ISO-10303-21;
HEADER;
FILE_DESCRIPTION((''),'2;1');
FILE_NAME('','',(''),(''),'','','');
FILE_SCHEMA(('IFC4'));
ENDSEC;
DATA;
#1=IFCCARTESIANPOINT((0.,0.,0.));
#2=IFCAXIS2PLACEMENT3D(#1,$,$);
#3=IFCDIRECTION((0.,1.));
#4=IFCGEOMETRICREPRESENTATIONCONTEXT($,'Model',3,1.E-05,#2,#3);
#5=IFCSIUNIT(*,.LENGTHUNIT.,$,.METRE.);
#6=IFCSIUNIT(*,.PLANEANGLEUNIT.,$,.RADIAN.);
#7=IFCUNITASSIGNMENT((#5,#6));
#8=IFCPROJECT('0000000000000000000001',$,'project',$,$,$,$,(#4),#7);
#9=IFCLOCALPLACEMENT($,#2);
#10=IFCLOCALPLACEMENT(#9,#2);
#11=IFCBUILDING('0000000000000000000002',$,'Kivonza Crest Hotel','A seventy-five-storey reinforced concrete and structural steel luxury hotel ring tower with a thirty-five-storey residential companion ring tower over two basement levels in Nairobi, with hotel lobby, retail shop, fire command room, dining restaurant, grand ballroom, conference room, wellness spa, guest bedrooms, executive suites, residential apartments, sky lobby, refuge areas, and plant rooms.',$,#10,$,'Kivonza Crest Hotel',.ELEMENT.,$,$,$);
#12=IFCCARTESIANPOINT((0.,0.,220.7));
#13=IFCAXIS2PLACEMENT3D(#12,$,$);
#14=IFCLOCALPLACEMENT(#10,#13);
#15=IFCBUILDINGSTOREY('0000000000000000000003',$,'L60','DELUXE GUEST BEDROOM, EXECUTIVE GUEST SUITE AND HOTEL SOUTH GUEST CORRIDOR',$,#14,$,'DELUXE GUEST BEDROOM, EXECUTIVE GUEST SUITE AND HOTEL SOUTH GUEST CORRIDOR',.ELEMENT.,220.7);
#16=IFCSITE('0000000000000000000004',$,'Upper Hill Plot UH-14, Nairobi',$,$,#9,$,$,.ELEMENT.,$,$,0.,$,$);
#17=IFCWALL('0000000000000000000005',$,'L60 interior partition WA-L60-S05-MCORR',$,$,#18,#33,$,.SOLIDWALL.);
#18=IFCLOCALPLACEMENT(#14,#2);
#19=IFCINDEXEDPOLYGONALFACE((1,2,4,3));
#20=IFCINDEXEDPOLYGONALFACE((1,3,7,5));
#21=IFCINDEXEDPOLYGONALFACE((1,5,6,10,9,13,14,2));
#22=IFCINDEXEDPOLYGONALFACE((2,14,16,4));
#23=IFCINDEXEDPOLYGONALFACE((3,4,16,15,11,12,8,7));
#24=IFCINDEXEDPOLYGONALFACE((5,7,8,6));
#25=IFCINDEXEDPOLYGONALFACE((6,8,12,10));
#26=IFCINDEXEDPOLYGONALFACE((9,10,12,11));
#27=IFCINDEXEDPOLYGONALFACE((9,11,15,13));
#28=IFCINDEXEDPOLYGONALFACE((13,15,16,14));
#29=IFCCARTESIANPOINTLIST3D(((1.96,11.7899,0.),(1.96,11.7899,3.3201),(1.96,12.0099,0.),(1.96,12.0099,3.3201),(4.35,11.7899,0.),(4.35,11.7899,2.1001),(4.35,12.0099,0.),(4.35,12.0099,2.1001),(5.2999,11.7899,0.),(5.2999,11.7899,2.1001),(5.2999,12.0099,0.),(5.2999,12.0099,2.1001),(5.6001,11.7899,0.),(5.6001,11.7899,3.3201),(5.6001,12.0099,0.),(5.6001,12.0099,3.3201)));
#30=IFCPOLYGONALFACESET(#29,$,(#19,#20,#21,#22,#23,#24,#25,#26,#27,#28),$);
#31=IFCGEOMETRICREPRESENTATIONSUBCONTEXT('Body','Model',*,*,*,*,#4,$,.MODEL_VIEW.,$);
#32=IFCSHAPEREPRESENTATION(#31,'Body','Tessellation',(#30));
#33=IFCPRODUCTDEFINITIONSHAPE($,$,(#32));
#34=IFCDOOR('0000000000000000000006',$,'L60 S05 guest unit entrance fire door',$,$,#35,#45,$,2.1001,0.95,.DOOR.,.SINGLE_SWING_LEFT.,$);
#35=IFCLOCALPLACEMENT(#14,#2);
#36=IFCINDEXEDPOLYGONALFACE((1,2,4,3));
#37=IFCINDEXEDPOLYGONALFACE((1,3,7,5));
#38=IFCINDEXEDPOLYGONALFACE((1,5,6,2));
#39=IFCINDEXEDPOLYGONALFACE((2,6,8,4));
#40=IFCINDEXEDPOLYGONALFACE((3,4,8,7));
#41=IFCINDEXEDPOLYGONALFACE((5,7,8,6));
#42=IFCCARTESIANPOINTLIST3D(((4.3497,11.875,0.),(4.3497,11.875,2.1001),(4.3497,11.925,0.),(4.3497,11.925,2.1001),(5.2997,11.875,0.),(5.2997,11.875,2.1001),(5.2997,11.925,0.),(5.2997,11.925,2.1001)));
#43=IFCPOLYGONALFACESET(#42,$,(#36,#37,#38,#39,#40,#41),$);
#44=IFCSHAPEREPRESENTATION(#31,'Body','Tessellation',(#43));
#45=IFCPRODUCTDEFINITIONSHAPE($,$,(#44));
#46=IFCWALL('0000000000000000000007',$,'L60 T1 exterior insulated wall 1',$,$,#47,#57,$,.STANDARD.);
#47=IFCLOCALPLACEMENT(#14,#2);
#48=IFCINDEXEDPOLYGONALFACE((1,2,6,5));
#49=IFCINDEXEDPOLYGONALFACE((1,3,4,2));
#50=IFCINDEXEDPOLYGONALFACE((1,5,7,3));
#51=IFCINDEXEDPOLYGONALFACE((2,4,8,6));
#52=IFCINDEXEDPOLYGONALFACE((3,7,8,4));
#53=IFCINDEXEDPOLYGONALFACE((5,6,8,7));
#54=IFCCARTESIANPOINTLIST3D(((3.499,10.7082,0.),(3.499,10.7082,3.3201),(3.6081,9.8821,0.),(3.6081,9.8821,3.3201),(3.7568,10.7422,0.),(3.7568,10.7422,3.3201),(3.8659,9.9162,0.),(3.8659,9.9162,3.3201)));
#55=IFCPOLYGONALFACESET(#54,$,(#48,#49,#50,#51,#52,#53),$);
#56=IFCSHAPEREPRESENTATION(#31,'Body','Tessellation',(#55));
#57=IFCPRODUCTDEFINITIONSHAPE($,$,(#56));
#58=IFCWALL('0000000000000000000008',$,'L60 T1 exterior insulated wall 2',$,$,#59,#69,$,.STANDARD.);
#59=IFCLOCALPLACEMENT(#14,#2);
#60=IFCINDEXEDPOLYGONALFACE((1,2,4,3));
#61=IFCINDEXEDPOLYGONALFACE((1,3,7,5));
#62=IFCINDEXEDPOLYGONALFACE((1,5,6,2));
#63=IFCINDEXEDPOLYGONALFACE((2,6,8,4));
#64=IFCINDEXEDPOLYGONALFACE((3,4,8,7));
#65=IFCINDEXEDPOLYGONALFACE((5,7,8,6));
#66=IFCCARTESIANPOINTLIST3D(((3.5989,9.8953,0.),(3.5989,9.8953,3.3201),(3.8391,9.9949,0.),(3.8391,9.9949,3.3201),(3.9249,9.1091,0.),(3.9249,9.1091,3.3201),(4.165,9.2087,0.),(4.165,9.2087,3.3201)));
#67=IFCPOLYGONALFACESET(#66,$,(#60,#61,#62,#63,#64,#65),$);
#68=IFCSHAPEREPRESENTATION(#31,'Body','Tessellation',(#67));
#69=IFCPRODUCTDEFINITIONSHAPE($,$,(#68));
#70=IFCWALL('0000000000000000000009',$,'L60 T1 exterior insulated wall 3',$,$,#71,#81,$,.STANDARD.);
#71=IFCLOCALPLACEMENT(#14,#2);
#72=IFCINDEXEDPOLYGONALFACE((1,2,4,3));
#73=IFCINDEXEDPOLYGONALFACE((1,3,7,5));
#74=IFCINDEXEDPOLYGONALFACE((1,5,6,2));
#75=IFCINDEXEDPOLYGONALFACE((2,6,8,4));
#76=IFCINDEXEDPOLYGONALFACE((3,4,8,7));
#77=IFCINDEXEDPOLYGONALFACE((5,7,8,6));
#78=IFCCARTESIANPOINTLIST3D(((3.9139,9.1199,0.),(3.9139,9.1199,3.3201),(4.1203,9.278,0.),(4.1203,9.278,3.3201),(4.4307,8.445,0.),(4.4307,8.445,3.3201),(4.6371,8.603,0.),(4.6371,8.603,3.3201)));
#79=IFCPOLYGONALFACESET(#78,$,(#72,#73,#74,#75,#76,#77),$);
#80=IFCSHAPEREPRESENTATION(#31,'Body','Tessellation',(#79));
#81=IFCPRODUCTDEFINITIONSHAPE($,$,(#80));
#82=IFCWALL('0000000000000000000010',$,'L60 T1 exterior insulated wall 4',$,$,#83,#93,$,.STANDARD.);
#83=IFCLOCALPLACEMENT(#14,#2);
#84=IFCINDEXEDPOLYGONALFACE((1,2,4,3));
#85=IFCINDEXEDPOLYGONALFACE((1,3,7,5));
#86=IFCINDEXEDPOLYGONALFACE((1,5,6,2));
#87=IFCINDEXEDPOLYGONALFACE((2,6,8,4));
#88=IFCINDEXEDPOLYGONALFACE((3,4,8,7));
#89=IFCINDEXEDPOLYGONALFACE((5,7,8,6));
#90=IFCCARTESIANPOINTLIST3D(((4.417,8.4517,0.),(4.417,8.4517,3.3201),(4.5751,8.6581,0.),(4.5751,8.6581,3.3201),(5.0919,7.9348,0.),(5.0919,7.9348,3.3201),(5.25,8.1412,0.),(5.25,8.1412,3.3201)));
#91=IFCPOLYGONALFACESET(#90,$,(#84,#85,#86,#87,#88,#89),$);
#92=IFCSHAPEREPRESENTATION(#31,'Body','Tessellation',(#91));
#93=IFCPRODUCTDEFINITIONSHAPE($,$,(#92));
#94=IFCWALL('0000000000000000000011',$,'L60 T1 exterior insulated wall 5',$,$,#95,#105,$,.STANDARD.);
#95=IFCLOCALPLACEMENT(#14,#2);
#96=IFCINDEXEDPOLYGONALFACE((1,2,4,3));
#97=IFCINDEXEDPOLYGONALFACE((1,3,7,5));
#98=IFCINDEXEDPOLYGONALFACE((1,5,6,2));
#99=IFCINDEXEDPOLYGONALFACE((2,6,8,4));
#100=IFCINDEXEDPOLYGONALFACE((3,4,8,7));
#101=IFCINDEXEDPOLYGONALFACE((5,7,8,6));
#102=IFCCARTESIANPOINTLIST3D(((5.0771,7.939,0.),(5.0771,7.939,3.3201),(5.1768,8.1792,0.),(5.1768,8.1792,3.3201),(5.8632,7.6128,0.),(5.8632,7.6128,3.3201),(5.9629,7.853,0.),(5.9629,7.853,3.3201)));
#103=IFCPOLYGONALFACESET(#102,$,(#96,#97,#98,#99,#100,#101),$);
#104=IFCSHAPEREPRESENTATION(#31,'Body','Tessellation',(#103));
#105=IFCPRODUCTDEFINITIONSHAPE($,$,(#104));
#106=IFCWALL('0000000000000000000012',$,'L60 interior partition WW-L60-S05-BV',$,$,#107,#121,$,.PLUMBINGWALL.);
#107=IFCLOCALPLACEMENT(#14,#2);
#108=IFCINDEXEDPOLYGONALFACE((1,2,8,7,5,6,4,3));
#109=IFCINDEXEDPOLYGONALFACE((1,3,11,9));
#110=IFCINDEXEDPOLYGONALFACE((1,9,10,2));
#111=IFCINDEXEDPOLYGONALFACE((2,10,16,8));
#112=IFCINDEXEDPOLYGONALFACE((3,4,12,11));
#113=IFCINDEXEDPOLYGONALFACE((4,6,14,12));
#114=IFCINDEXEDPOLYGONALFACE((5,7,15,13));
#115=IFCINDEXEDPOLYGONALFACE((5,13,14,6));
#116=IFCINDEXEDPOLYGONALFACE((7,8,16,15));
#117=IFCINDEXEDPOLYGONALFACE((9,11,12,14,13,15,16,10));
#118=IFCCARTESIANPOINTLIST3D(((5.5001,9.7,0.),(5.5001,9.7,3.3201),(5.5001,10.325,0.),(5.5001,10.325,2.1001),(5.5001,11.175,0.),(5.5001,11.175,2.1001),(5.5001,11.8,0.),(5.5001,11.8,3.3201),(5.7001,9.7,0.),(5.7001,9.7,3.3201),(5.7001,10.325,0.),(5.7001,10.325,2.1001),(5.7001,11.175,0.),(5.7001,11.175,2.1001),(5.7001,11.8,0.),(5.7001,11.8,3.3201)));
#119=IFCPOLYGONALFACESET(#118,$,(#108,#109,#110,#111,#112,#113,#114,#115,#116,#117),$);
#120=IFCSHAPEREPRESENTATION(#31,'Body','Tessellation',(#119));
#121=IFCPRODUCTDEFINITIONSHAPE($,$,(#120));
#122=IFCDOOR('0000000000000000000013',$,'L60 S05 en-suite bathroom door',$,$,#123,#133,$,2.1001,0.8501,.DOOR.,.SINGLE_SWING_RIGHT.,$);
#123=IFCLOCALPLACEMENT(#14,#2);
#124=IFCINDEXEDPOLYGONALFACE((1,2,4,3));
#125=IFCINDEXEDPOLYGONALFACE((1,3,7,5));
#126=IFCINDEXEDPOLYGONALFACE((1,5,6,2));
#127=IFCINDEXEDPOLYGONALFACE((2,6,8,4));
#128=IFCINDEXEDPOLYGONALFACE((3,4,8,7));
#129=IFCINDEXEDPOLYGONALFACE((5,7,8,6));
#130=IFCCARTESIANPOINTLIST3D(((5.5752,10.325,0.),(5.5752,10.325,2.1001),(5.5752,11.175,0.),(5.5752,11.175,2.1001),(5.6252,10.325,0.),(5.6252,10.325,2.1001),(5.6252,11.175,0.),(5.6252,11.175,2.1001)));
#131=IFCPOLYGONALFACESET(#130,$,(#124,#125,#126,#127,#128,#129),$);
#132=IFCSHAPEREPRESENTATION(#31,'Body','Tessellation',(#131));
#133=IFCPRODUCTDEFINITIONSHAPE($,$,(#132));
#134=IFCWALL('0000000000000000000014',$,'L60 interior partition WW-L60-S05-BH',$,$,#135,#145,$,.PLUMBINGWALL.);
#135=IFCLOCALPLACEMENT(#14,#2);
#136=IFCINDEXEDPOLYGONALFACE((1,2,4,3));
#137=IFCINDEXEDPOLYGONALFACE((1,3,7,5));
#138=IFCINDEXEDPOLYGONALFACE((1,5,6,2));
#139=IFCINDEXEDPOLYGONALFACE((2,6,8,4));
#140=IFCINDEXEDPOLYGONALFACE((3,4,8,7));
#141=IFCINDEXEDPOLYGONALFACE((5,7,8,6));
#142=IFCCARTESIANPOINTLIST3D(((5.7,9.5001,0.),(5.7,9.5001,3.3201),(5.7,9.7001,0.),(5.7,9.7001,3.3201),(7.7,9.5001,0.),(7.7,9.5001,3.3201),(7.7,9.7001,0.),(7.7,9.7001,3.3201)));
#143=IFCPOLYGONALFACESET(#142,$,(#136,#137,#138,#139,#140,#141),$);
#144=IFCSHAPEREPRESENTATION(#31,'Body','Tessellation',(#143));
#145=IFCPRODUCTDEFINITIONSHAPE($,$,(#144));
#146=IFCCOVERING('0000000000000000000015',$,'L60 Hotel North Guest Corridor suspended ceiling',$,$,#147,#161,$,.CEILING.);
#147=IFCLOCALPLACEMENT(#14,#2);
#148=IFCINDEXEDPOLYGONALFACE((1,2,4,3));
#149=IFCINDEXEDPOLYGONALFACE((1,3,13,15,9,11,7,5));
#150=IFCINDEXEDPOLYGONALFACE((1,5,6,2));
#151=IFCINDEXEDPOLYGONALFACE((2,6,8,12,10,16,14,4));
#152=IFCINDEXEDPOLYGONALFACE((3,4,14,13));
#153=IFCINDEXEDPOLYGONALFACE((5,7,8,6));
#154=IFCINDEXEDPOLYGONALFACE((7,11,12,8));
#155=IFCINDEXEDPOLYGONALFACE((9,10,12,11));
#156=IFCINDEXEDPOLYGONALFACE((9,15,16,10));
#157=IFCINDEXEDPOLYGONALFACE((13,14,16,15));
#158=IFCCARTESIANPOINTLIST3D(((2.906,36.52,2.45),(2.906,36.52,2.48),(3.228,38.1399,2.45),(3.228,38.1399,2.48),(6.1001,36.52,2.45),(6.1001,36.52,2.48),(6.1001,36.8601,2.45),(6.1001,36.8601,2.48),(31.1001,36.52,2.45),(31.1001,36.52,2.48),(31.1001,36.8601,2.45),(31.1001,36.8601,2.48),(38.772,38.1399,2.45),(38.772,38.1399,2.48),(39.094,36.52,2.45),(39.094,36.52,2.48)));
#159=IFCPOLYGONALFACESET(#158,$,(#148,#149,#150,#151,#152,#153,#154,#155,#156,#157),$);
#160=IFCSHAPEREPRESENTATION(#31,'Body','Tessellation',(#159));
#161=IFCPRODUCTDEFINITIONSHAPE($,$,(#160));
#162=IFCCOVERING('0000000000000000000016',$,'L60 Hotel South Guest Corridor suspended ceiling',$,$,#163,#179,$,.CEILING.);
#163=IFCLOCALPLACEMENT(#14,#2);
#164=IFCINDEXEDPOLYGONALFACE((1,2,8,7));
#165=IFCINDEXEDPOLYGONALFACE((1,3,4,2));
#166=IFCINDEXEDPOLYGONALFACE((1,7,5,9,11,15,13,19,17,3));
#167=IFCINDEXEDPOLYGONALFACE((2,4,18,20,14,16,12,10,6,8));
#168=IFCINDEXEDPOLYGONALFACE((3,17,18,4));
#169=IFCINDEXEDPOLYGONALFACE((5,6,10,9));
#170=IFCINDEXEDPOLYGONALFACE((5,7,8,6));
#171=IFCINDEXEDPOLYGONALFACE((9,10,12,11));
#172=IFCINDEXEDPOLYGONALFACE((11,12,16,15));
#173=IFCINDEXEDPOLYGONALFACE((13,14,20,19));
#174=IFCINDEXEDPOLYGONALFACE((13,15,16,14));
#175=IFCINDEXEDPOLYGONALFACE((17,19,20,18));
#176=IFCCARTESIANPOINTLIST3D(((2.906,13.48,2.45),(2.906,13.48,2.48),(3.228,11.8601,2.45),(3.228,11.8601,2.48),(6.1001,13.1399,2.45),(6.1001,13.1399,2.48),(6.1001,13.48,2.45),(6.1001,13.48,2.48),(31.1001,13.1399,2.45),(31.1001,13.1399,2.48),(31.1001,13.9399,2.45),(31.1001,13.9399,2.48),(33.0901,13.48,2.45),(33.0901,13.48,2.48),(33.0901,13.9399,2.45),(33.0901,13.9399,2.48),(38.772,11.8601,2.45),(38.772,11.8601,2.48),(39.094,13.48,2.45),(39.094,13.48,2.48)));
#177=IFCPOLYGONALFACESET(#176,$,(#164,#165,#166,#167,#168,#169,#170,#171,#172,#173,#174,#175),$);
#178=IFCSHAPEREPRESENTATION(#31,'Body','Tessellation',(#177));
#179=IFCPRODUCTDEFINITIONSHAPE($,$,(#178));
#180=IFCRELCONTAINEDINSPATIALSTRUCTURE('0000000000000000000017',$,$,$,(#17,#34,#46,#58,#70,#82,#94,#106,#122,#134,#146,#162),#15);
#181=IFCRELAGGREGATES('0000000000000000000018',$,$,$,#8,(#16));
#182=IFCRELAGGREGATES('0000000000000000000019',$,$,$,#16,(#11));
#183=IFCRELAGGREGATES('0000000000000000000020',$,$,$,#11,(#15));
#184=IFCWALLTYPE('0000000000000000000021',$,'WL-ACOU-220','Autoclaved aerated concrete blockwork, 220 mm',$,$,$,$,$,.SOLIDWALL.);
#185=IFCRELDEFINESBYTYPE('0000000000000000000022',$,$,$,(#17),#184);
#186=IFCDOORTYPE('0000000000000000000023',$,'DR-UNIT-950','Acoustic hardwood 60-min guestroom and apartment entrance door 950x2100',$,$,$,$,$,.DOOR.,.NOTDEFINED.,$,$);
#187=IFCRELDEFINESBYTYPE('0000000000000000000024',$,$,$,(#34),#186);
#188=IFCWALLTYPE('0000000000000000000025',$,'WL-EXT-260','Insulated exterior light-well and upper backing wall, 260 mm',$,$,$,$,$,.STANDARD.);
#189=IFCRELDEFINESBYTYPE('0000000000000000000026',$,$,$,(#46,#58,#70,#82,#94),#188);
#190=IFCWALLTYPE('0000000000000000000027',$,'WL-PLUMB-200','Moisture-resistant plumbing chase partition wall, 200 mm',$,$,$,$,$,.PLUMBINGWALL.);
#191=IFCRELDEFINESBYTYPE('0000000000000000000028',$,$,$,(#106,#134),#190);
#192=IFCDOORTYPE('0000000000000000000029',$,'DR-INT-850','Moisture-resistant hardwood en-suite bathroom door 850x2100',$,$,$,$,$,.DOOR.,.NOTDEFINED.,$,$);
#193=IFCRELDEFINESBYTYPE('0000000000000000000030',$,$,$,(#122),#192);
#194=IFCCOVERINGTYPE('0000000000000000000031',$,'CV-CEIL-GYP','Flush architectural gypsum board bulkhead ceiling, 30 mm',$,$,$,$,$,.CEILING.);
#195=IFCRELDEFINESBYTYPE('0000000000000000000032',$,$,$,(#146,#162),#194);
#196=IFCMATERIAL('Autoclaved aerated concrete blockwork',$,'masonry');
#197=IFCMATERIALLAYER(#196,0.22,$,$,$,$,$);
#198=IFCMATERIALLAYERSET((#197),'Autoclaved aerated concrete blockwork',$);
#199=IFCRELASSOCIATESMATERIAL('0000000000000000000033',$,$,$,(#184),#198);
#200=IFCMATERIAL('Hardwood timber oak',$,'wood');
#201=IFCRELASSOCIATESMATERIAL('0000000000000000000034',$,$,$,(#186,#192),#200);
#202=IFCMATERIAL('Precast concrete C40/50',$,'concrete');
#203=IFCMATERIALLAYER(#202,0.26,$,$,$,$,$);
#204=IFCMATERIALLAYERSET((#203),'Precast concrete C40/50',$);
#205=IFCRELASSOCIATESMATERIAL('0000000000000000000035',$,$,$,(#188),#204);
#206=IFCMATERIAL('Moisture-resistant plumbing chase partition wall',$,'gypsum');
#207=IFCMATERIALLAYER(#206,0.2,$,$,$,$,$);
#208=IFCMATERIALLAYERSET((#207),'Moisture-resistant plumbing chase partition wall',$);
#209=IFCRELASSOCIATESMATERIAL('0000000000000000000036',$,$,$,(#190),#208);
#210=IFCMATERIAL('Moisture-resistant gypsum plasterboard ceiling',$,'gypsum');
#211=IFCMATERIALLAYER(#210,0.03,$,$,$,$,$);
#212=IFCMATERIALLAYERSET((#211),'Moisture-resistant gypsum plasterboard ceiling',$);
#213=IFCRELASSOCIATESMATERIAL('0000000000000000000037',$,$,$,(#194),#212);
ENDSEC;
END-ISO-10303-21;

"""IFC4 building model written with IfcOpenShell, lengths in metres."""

from ifc_helpers import new_model, si_unit, direction, frame, frame_2d, origin, place, context, subcontext, project, spatial, polyline, rectangle, outline, extrude, material, layer, layer_set, type_object, element, fill, save


model = new_model("IFC4")

# Units and contexts
model_context = context("Model", 3, precision=1e-05, world=origin(), true_north=direction((0.0, 1.0)))
body_context = subcontext(model_context, "Body", "Model", "MODEL_VIEW")
ifc_project = project(units=[si_unit("LENGTHUNIT", "METRE"), si_unit("PLANEANGLEUNIT", "RADIAN")], contexts=[model_context])

# Site, building, storey
site_placement = place(None, origin())
site = spatial("IfcSite", under=ifc_project, at=site_placement, Name="Upper Hill Plot UH-14, Nairobi", CompositionType="ELEMENT", RefElevation=0.0)
building_placement = place(site_placement, origin())
building = spatial("IfcBuilding", under=site, at=building_placement, Name="Kivonza Crest Hotel", Description="A seventy-five-storey reinforced concrete and structural steel luxury hotel ring tower with a thirty-five-storey residential companion ring tower over two basement levels in Nairobi, with hotel lobby, retail shop, fire command room, dining restaurant, grand ballroom, conference room, wellness spa, guest bedrooms, executive suites, residential apartments, sky lobby, refuge areas, and plant rooms.", LongName="Kivonza Crest Hotel", CompositionType="ELEMENT")
storey_placement = place(building_placement, frame((0.0, 0.0, 220.7)))
storey = spatial("IfcBuildingStorey", under=building, at=storey_placement, Name="L60", Description="DELUXE GUEST BEDROOM, EXECUTIVE GUEST SUITE AND HOTEL SOUTH GUEST CORRIDOR", LongName="DELUXE GUEST BEDROOM, EXECUTIVE GUEST SUITE AND HOTEL SOUTH GUEST CORRIDOR", CompositionType="ELEMENT", Elevation=220.7)

# Shared definitions
ifc_material_1 = material(Name="Autoclaved aerated concrete blockwork", Category="masonry")
ifc_layer_1 = layer(ifc_material_1, 0.22)
ifc_layer_set_1 = layer_set([ifc_layer_1], Name="Autoclaved aerated concrete blockwork")
wall_type_1 = type_object("IfcWallType", Name="WL-ACOU-220", Description="Autoclaved aerated concrete blockwork, 220 mm", PredefinedType="SOLIDWALL", material=ifc_layer_set_1)

# Wall, opening, door
wall_1_placement = place(storey_placement, frame((1.96, 11.8999, 0.0), z_axis=(0.0, 0.0, 1.0), x_axis=(1.0, 0.0, 0.0)))
wall_1 = element("IfcWall", 1, at=wall_1_placement, inside=storey, type_object=wall_type_1, Name="L60 interior partition WA-L60-S05-MCORR", PredefinedType="SOLIDWALL", context=body_context, shape_type="SweptSolid", body=[
    extrude(rectangle(XDim=3.6401, YDim=0.22, at=frame_2d((1.8201, 0.0))), origin(), (0.0, 0.0, 1.0), 3.3201),
])
opening_1_placement = place(wall_1_placement, frame((2.3899, 0.0, 0.0)))
opening_1 = element("IfcOpeningElement", 2, at=opening_1_placement, cuts=wall_1, PredefinedType="OPENING", context=body_context, shape_type="SweptSolid", body=[
    extrude(rectangle(XDim=0.95, YDim=2.1001, at=frame_2d((0.4751, 1.05))), frame((0.0, 0.1201, 0.0), z_axis=(0.0, -1.0, 0.0), x_axis=(1.0, 0.0, 0.0)), (0.0, 0.0, 1.0), 0.24),
])
ifc_material_2 = material(Name="Hardwood timber oak", Category="wood")
door_type_1 = type_object("IfcDoorType", Name="DR-UNIT-950", Description="Acoustic hardwood 60-min guestroom and apartment entrance door 950x2100", OperationType="NOTDEFINED", PredefinedType="DOOR", material=ifc_material_2)
door_1_placement = place(opening_1_placement, frame((0.95, 0.0, 0.0), z_axis=(0.0, 0.0, 1.0), x_axis=(-1.0, 0.0, 0.0)))
door_1 = element("IfcDoor", 3, at=door_1_placement, inside=storey, type_object=door_type_1, Name="L60 S05 guest unit entrance fire door", OperationType="SINGLE_SWING_LEFT", OverallHeight=2.1001, OverallWidth=0.95, PredefinedType="DOOR", context=body_context, shape_type="SweptSolid", body=[
    extrude(rectangle(XDim=0.95, YDim=2.1001, at=frame_2d((0.4751, 1.05))), frame((0.0, 0.0249, 0.0), z_axis=(0.0, -1.0, 0.0), x_axis=(1.0, 0.0, 0.0)), (0.0, 0.0, 1.0), 0.05),
])
fill(opening_1, door_1)

# Walls
ifc_material_3 = material(Name="Precast concrete C40/50", Category="concrete")
ifc_layer_2 = layer(ifc_material_3, 0.26)
ifc_layer_set_2 = layer_set([ifc_layer_2], Name="Precast concrete C40/50")
wall_type_2 = type_object("IfcWallType", Name="WL-EXT-260", Description="Insulated exterior light-well and upper backing wall, 260 mm", PredefinedType="STANDARD", material=ifc_layer_set_2)
wall_2_placement = place(storey_placement, frame((3.6279, 10.7251, 0.0), z_axis=(0.0, 0.0, 1.0), x_axis=(0.130955, -0.991388, 0.0)))
element("IfcWall", 4, at=wall_2_placement, inside=storey, type_object=wall_type_2, Name="L60 T1 exterior insulated wall 1", PredefinedType="STANDARD", context=body_context, shape_type="SweptSolid", body=[
    extrude(rectangle(XDim=0.8333, YDim=0.26, at=frame_2d((0.4165, 0.0))), origin(), (0.0, 0.0, 1.0), 3.3201),
])
wall_3_placement = place(storey_placement, frame((3.719, 9.9451, 0.0), z_axis=(0.0, 0.0, 1.0), x_axis=(0.382985, -0.923754, 0.0)))
element("IfcWall", 5, at=wall_3_placement, inside=storey, type_object=wall_type_2, Name="L60 T1 exterior insulated wall 2", PredefinedType="STANDARD", context=body_context, shape_type="SweptSolid", body=[
    extrude(rectangle(XDim=0.8511, YDim=0.26, at=frame_2d((0.4255, 0.0))), origin(), (0.0, 0.0, 1.0), 3.3201),
])
for number, where, z_axis, x_axis, name in (
    (6, (4.0171, 9.199, 0.0), (0.0, 0.0, 1.0), (0.607919, -0.793999, 0.0), "L60 T1 exterior insulated wall 3"),
    (7, (4.4961, 8.5549, 0.0), (0.0, 0.0, 1.0), (0.793893, -0.608058, 0.0), "L60 T1 exterior insulated wall 4"),
):
    element("IfcWall", number, at=place(storey_placement, frame(where, z_axis=z_axis, x_axis=x_axis)), inside=storey, type_object=wall_type_2, Name=name, PredefinedType="STANDARD", context=body_context, shape_type="SweptSolid", body=[
        extrude(rectangle(XDim=0.8501, YDim=0.26, at=frame_2d((0.425, 0.0))), origin(), (0.0, 0.0, 1.0), 3.3201),
    ])
wall_4_placement = place(storey_placement, frame((5.127, 8.0591, 0.0), z_axis=(0.0, 0.0, 1.0), x_axis=(0.923653, -0.38323, 0.0)))
element("IfcWall", 8, at=wall_4_placement, inside=storey, type_object=wall_type_2, Name="L60 T1 exterior insulated wall 5", PredefinedType="STANDARD", context=body_context, shape_type="SweptSolid", body=[
    extrude(rectangle(XDim=0.8511, YDim=0.26, at=frame_2d((0.4255, 0.0))), origin(), (0.0, 0.0, 1.0), 3.3201),
])

# Wall, opening, door
ifc_material_4 = material(Name="Moisture-resistant plumbing chase partition wall", Category="gypsum")
ifc_layer_3 = layer(ifc_material_4, 0.2)
ifc_layer_set_3 = layer_set([ifc_layer_3], Name="Moisture-resistant plumbing chase partition wall")
wall_type_3 = type_object("IfcWallType", Name="WL-PLUMB-200", Description="Moisture-resistant plumbing chase partition wall, 200 mm", PredefinedType="PLUMBINGWALL", material=ifc_layer_set_3)
wall_5_placement = place(storey_placement, frame((5.6001, 9.7, 0.0), z_axis=(0.0, 0.0, 1.0), x_axis=(0.0, 1.0, 0.0)))
wall_5 = element("IfcWall", 9, at=wall_5_placement, inside=storey, type_object=wall_type_3, Name="L60 interior partition WW-L60-S05-BV", PredefinedType="PLUMBINGWALL", context=body_context, shape_type="SweptSolid", body=[
    extrude(rectangle(XDim=2.1001, YDim=0.2, at=frame_2d((1.05, 0.0))), origin(), (0.0, 0.0, 1.0), 3.3201),
])
opening_2_placement = place(wall_5_placement, frame((0.625, 0.0, 0.0)))
opening_2 = element("IfcOpeningElement", 10, at=opening_2_placement, cuts=wall_5, PredefinedType="OPENING", context=body_context, shape_type="SweptSolid", body=[
    extrude(rectangle(XDim=0.8501, YDim=2.1001, at=frame_2d((0.425, 1.05))), frame((0.0, 0.1099, 0.0), z_axis=(0.0, -1.0, 0.0), x_axis=(1.0, 0.0, 0.0)), (0.0, 0.0, 1.0), 0.22),
])
door_type_2 = type_object("IfcDoorType", Name="DR-INT-850", Description="Moisture-resistant hardwood en-suite bathroom door 850x2100", OperationType="NOTDEFINED", PredefinedType="DOOR", material=ifc_material_2)
door_2_placement = place(opening_2_placement, origin())
door_2 = element("IfcDoor", 11, at=door_2_placement, inside=storey, type_object=door_type_2, Name="L60 S05 en-suite bathroom door", OperationType="SINGLE_SWING_RIGHT", OverallHeight=2.1001, OverallWidth=0.8501, PredefinedType="DOOR", context=body_context, shape_type="SweptSolid", body=[
    extrude(rectangle(XDim=0.8501, YDim=2.1001, at=frame_2d((0.425, 1.05))), frame((0.0, 0.0249, 0.0), z_axis=(0.0, -1.0, 0.0), x_axis=(1.0, 0.0, 0.0)), (0.0, 0.0, 1.0), 0.05),
])
fill(opening_2, door_2)

# Wall
wall_6_placement = place(storey_placement, frame((5.7, 9.6001, 0.0), z_axis=(0.0, 0.0, 1.0), x_axis=(1.0, 0.0, 0.0)))
element("IfcWall", 12, at=wall_6_placement, inside=storey, type_object=wall_type_3, Name="L60 interior partition WW-L60-S05-BH", PredefinedType="PLUMBINGWALL", context=body_context, shape_type="SweptSolid", body=[
    extrude(rectangle(XDim=2.0, YDim=0.2, at=frame_2d((1.0, 0.0))), origin(), (0.0, 0.0, 1.0), 3.3201),
])

# Coverings
ifc_material_5 = material(Name="Moisture-resistant gypsum plasterboard ceiling", Category="gypsum")
ifc_layer_4 = layer(ifc_material_5, 0.03)
ifc_layer_set_4 = layer_set([ifc_layer_4], Name="Moisture-resistant gypsum plasterboard ceiling")
covering_type = type_object("IfcCoveringType", Name="CV-CEIL-GYP", Description="Flush architectural gypsum board bulkhead ceiling, 30 mm", PredefinedType="CEILING", material=ifc_layer_set_4)
covering_1_placement = place(storey_placement, frame((0.0, 0.0, 2.45)))
element("IfcCovering", 13, at=covering_1_placement, inside=storey, type_object=covering_type, Name="L60 Hotel North Guest Corridor suspended ceiling", PredefinedType="CEILING", context=body_context, shape_type="SweptSolid", body=[
    extrude(outline(polyline([(3.228, 38.1399), (2.906, 36.52), (6.1001, 36.52), (6.1001, 36.8601), (31.1001, 36.8601), (31.1001, 36.52), (39.094, 36.52), (38.772, 38.1399), (3.228, 38.1399)])), origin(), (0.0, 0.0, 1.0), 0.03),
])
covering_2_placement = place(storey_placement, frame((0.0, 0.0, 2.45)))
element("IfcCovering", 14, at=covering_2_placement, inside=storey, type_object=covering_type, Name="L60 Hotel South Guest Corridor suspended ceiling", PredefinedType="CEILING", context=body_context, shape_type="SweptSolid", body=[
    extrude(outline(polyline([(33.0901, 13.48), (33.0901, 13.9399), (31.1001, 13.9399), (31.1001, 13.1399), (6.1001, 13.1399), (6.1001, 13.48), (2.906, 13.48), (3.228, 11.8601), (38.772, 11.8601), (39.094, 13.48), (33.0901, 13.48)])), origin(), (0.0, 0.0, 1.0), 0.03),
])

save(model, "model.ifc")
